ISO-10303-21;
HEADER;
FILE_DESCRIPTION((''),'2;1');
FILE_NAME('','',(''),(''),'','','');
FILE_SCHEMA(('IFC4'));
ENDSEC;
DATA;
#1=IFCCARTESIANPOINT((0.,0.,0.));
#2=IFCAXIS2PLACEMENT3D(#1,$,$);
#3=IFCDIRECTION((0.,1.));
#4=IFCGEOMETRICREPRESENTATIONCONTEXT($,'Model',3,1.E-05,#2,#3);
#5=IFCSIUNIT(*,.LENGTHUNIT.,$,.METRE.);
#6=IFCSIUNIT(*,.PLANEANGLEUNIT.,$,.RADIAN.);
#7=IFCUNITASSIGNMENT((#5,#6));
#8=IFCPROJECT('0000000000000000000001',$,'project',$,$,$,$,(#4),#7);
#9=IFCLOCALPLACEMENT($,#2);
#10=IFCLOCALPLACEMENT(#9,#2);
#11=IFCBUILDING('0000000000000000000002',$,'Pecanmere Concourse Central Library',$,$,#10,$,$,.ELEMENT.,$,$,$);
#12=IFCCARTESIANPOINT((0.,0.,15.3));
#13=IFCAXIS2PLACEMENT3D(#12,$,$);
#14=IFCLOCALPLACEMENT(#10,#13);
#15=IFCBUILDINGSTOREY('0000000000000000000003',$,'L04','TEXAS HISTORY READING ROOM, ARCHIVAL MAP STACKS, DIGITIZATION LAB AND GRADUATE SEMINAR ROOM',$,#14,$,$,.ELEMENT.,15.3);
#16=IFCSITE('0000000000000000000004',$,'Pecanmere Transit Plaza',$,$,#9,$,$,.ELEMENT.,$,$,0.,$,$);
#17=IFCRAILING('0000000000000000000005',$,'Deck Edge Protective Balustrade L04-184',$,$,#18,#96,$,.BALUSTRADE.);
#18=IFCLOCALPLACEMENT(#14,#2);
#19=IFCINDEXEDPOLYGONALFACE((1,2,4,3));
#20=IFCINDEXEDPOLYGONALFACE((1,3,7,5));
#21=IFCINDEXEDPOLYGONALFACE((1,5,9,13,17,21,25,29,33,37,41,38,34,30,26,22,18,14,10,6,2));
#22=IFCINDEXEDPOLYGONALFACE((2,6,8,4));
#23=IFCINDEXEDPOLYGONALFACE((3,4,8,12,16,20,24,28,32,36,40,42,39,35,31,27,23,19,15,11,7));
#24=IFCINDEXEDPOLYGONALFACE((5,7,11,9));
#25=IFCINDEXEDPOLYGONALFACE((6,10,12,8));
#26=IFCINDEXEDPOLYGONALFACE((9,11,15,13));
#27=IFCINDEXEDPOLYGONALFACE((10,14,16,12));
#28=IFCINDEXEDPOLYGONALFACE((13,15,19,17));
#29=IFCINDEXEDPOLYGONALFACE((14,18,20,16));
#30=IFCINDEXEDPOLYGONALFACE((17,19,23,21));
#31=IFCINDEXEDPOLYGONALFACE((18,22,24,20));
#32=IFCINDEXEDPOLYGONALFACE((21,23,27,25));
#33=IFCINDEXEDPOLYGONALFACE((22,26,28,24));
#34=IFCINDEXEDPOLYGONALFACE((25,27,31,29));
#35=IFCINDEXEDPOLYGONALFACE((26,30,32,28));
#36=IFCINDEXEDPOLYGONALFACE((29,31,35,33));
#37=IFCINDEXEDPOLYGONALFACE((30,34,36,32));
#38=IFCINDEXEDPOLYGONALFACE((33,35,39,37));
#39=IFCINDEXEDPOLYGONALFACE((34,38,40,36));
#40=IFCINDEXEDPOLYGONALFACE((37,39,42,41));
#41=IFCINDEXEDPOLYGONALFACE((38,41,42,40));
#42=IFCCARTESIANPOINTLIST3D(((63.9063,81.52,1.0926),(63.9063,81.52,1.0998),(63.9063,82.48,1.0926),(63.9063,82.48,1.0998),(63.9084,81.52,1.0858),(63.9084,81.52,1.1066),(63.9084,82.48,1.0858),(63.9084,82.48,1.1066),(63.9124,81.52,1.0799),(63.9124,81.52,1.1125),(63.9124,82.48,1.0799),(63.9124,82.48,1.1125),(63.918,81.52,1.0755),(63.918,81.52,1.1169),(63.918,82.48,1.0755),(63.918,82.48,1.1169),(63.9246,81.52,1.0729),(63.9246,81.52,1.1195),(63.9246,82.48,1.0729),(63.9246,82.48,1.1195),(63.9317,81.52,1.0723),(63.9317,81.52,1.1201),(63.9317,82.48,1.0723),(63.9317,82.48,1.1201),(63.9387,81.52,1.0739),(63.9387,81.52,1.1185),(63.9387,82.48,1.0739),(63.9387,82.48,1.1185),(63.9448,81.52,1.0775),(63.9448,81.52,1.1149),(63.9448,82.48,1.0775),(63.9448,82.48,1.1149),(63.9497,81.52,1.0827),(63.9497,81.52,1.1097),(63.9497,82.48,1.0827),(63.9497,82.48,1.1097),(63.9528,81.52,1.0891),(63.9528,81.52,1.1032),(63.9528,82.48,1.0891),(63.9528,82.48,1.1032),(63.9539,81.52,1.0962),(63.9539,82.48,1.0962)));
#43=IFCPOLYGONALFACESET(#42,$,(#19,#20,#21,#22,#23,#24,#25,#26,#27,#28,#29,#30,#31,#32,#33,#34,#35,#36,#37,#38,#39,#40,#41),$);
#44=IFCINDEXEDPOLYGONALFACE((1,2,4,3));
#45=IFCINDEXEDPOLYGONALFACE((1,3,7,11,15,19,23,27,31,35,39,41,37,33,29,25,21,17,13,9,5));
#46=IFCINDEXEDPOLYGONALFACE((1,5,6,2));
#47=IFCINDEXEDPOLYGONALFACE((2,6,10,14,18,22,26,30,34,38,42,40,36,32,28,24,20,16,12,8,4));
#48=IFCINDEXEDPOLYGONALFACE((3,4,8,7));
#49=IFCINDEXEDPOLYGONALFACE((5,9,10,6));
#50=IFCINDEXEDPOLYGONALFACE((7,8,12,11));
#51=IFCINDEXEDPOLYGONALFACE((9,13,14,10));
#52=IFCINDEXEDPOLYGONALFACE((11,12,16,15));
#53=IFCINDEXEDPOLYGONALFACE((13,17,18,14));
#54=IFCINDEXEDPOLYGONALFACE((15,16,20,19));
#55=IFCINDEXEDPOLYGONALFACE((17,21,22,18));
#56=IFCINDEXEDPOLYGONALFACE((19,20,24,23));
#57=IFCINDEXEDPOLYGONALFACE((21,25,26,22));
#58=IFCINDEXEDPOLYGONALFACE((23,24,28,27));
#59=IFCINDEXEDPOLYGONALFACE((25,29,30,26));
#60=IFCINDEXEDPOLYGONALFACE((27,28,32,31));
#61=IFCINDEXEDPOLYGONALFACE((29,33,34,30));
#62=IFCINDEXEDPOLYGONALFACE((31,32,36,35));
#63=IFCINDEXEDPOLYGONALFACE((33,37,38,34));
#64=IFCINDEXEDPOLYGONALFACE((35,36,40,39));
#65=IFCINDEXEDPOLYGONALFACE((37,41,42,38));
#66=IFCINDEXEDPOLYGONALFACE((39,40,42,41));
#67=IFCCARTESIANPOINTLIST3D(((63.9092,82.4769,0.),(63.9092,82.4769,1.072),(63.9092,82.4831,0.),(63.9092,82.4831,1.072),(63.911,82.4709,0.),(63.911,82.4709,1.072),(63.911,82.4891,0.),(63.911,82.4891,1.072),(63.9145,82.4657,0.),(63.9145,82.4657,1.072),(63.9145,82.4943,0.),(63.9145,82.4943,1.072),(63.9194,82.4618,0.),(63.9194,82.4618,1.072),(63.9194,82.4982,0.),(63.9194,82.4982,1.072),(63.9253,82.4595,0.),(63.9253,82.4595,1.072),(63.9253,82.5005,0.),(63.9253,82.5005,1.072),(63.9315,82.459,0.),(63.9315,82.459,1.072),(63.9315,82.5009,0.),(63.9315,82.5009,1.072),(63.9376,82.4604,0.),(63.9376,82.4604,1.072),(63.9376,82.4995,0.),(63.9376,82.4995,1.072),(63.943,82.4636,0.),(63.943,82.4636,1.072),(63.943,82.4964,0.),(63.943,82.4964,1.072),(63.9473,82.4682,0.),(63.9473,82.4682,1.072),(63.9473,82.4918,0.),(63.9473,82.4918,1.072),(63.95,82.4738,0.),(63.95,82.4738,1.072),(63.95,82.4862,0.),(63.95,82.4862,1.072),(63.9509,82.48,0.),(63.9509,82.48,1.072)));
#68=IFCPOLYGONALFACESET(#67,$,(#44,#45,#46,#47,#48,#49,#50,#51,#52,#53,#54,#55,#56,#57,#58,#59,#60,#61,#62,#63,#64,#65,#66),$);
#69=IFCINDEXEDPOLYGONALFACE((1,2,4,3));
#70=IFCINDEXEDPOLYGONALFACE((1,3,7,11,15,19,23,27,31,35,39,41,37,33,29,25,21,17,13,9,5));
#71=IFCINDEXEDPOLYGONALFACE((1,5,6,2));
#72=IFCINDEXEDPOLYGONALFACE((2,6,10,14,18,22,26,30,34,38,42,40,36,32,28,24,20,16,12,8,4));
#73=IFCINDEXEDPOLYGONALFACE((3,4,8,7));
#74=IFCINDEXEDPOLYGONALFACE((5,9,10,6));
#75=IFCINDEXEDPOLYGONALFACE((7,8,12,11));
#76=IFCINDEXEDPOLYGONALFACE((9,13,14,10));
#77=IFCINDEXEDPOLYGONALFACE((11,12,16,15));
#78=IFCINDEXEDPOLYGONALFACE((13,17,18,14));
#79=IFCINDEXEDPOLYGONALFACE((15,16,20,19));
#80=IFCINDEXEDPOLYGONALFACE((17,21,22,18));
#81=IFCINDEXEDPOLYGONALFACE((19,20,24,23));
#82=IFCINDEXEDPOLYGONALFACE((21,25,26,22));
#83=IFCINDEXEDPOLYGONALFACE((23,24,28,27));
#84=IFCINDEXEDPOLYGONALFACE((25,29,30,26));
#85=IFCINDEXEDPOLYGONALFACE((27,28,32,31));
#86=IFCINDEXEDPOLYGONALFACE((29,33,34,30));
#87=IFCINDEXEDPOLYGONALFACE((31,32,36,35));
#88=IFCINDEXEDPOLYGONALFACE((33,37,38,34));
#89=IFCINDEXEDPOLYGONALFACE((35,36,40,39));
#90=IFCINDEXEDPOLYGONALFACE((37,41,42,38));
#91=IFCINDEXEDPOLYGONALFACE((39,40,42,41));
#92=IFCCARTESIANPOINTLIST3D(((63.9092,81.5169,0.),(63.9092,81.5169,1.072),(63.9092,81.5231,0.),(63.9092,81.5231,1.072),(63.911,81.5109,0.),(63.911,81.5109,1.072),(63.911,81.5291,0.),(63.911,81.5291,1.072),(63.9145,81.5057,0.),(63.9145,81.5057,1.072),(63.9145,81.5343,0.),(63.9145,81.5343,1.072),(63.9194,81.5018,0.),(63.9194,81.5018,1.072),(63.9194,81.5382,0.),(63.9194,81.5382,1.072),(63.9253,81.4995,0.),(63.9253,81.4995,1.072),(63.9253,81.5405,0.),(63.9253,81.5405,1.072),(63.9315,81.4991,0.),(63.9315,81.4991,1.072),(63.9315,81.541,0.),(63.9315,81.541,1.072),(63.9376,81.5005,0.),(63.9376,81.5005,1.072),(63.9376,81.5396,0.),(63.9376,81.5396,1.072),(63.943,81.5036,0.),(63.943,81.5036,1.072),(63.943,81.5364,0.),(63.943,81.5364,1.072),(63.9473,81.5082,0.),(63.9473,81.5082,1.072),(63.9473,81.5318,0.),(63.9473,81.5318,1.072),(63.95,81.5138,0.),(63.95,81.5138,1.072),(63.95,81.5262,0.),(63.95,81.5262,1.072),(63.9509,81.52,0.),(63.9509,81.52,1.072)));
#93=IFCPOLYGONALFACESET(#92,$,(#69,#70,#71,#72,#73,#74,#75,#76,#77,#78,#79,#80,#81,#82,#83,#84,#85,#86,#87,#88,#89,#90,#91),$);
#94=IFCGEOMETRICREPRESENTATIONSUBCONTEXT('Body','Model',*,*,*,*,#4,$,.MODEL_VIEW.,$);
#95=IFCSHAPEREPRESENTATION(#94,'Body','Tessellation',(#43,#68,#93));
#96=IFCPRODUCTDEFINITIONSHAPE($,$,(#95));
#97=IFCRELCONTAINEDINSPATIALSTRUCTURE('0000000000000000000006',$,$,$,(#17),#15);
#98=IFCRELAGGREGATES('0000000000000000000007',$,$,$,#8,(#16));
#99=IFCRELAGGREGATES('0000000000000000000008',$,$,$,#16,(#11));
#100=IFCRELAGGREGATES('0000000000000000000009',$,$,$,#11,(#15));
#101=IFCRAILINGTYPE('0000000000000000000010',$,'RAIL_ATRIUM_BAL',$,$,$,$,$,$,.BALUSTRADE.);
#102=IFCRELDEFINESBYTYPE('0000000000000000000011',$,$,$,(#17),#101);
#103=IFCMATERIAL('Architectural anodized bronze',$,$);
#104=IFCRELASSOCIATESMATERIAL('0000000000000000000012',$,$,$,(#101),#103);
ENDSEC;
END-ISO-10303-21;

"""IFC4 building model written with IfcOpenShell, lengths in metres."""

from ifc_helpers import new_model, si_unit, direction, frame, origin, origin_2d, place, context, subcontext, project, spatial, circle, extrude, material, type_object, element, save


model = new_model("IFC4")

# Units and contexts
model_context = context("Model", 3, precision=1e-05, world=origin(), true_north=direction((0.0, 1.0)))
body_context = subcontext(model_context, "Body", "Model", "MODEL_VIEW")
ifc_project = project(units=[si_unit("LENGTHUNIT", "METRE"), si_unit("PLANEANGLEUNIT", "RADIAN")], contexts=[model_context])

# Site, building, storey
site_placement = place(None, origin())
site = spatial("IfcSite", under=ifc_project, at=site_placement, Name="Pecanmere Transit Plaza", CompositionType="ELEMENT", RefElevation=0.0)
building_placement = place(site_placement, origin())
building = spatial("IfcBuilding", under=site, at=building_placement, Name="Pecanmere Concourse Central Library", CompositionType="ELEMENT")
storey_placement = place(building_placement, frame((0.0, 0.0, 15.3)))
storey = spatial("IfcBuildingStorey", under=building, at=storey_placement, Name="L04", Description="TEXAS HISTORY READING ROOM, ARCHIVAL MAP STACKS, DIGITIZATION LAB AND GRADUATE SEMINAR ROOM", CompositionType="ELEMENT", Elevation=15.3)

# Railing
ifc_material_1 = material(Name="Architectural anodized bronze")
railing_type = type_object("IfcRailingType", Name="RAIL_ATRIUM_BAL", PredefinedType="BALUSTRADE", material=ifc_material_1)
railing_placement = place(storey_placement, frame((63.9299, 82.48, 0.0)))
element("IfcRailing", 1, at=railing_placement, inside=storey, type_object=railing_type, Name="Deck Edge Protective Balustrade L04-184", PredefinedType="BALUSTRADE", context=body_context, shape_type="SweptSolid", body=[
    extrude(circle(Radius=0.0239, at=origin_2d()), frame((0.0, 0.0, 1.0962), z_axis=(0.0, -1.0, 0.0), x_axis=(1.0, 0.0, 0.0)), (0.0, 0.0, 1.0), 0.96),
    extrude(circle(Radius=0.021, at=origin_2d()), origin(), (0.0, 0.0, 1.0), 1.072),
    extrude(circle(Radius=0.021, at=origin_2d()), frame((0.0, -0.96, 0.0)), (0.0, 0.0, 1.0), 1.072),
])

save(model, "model.ifc")
